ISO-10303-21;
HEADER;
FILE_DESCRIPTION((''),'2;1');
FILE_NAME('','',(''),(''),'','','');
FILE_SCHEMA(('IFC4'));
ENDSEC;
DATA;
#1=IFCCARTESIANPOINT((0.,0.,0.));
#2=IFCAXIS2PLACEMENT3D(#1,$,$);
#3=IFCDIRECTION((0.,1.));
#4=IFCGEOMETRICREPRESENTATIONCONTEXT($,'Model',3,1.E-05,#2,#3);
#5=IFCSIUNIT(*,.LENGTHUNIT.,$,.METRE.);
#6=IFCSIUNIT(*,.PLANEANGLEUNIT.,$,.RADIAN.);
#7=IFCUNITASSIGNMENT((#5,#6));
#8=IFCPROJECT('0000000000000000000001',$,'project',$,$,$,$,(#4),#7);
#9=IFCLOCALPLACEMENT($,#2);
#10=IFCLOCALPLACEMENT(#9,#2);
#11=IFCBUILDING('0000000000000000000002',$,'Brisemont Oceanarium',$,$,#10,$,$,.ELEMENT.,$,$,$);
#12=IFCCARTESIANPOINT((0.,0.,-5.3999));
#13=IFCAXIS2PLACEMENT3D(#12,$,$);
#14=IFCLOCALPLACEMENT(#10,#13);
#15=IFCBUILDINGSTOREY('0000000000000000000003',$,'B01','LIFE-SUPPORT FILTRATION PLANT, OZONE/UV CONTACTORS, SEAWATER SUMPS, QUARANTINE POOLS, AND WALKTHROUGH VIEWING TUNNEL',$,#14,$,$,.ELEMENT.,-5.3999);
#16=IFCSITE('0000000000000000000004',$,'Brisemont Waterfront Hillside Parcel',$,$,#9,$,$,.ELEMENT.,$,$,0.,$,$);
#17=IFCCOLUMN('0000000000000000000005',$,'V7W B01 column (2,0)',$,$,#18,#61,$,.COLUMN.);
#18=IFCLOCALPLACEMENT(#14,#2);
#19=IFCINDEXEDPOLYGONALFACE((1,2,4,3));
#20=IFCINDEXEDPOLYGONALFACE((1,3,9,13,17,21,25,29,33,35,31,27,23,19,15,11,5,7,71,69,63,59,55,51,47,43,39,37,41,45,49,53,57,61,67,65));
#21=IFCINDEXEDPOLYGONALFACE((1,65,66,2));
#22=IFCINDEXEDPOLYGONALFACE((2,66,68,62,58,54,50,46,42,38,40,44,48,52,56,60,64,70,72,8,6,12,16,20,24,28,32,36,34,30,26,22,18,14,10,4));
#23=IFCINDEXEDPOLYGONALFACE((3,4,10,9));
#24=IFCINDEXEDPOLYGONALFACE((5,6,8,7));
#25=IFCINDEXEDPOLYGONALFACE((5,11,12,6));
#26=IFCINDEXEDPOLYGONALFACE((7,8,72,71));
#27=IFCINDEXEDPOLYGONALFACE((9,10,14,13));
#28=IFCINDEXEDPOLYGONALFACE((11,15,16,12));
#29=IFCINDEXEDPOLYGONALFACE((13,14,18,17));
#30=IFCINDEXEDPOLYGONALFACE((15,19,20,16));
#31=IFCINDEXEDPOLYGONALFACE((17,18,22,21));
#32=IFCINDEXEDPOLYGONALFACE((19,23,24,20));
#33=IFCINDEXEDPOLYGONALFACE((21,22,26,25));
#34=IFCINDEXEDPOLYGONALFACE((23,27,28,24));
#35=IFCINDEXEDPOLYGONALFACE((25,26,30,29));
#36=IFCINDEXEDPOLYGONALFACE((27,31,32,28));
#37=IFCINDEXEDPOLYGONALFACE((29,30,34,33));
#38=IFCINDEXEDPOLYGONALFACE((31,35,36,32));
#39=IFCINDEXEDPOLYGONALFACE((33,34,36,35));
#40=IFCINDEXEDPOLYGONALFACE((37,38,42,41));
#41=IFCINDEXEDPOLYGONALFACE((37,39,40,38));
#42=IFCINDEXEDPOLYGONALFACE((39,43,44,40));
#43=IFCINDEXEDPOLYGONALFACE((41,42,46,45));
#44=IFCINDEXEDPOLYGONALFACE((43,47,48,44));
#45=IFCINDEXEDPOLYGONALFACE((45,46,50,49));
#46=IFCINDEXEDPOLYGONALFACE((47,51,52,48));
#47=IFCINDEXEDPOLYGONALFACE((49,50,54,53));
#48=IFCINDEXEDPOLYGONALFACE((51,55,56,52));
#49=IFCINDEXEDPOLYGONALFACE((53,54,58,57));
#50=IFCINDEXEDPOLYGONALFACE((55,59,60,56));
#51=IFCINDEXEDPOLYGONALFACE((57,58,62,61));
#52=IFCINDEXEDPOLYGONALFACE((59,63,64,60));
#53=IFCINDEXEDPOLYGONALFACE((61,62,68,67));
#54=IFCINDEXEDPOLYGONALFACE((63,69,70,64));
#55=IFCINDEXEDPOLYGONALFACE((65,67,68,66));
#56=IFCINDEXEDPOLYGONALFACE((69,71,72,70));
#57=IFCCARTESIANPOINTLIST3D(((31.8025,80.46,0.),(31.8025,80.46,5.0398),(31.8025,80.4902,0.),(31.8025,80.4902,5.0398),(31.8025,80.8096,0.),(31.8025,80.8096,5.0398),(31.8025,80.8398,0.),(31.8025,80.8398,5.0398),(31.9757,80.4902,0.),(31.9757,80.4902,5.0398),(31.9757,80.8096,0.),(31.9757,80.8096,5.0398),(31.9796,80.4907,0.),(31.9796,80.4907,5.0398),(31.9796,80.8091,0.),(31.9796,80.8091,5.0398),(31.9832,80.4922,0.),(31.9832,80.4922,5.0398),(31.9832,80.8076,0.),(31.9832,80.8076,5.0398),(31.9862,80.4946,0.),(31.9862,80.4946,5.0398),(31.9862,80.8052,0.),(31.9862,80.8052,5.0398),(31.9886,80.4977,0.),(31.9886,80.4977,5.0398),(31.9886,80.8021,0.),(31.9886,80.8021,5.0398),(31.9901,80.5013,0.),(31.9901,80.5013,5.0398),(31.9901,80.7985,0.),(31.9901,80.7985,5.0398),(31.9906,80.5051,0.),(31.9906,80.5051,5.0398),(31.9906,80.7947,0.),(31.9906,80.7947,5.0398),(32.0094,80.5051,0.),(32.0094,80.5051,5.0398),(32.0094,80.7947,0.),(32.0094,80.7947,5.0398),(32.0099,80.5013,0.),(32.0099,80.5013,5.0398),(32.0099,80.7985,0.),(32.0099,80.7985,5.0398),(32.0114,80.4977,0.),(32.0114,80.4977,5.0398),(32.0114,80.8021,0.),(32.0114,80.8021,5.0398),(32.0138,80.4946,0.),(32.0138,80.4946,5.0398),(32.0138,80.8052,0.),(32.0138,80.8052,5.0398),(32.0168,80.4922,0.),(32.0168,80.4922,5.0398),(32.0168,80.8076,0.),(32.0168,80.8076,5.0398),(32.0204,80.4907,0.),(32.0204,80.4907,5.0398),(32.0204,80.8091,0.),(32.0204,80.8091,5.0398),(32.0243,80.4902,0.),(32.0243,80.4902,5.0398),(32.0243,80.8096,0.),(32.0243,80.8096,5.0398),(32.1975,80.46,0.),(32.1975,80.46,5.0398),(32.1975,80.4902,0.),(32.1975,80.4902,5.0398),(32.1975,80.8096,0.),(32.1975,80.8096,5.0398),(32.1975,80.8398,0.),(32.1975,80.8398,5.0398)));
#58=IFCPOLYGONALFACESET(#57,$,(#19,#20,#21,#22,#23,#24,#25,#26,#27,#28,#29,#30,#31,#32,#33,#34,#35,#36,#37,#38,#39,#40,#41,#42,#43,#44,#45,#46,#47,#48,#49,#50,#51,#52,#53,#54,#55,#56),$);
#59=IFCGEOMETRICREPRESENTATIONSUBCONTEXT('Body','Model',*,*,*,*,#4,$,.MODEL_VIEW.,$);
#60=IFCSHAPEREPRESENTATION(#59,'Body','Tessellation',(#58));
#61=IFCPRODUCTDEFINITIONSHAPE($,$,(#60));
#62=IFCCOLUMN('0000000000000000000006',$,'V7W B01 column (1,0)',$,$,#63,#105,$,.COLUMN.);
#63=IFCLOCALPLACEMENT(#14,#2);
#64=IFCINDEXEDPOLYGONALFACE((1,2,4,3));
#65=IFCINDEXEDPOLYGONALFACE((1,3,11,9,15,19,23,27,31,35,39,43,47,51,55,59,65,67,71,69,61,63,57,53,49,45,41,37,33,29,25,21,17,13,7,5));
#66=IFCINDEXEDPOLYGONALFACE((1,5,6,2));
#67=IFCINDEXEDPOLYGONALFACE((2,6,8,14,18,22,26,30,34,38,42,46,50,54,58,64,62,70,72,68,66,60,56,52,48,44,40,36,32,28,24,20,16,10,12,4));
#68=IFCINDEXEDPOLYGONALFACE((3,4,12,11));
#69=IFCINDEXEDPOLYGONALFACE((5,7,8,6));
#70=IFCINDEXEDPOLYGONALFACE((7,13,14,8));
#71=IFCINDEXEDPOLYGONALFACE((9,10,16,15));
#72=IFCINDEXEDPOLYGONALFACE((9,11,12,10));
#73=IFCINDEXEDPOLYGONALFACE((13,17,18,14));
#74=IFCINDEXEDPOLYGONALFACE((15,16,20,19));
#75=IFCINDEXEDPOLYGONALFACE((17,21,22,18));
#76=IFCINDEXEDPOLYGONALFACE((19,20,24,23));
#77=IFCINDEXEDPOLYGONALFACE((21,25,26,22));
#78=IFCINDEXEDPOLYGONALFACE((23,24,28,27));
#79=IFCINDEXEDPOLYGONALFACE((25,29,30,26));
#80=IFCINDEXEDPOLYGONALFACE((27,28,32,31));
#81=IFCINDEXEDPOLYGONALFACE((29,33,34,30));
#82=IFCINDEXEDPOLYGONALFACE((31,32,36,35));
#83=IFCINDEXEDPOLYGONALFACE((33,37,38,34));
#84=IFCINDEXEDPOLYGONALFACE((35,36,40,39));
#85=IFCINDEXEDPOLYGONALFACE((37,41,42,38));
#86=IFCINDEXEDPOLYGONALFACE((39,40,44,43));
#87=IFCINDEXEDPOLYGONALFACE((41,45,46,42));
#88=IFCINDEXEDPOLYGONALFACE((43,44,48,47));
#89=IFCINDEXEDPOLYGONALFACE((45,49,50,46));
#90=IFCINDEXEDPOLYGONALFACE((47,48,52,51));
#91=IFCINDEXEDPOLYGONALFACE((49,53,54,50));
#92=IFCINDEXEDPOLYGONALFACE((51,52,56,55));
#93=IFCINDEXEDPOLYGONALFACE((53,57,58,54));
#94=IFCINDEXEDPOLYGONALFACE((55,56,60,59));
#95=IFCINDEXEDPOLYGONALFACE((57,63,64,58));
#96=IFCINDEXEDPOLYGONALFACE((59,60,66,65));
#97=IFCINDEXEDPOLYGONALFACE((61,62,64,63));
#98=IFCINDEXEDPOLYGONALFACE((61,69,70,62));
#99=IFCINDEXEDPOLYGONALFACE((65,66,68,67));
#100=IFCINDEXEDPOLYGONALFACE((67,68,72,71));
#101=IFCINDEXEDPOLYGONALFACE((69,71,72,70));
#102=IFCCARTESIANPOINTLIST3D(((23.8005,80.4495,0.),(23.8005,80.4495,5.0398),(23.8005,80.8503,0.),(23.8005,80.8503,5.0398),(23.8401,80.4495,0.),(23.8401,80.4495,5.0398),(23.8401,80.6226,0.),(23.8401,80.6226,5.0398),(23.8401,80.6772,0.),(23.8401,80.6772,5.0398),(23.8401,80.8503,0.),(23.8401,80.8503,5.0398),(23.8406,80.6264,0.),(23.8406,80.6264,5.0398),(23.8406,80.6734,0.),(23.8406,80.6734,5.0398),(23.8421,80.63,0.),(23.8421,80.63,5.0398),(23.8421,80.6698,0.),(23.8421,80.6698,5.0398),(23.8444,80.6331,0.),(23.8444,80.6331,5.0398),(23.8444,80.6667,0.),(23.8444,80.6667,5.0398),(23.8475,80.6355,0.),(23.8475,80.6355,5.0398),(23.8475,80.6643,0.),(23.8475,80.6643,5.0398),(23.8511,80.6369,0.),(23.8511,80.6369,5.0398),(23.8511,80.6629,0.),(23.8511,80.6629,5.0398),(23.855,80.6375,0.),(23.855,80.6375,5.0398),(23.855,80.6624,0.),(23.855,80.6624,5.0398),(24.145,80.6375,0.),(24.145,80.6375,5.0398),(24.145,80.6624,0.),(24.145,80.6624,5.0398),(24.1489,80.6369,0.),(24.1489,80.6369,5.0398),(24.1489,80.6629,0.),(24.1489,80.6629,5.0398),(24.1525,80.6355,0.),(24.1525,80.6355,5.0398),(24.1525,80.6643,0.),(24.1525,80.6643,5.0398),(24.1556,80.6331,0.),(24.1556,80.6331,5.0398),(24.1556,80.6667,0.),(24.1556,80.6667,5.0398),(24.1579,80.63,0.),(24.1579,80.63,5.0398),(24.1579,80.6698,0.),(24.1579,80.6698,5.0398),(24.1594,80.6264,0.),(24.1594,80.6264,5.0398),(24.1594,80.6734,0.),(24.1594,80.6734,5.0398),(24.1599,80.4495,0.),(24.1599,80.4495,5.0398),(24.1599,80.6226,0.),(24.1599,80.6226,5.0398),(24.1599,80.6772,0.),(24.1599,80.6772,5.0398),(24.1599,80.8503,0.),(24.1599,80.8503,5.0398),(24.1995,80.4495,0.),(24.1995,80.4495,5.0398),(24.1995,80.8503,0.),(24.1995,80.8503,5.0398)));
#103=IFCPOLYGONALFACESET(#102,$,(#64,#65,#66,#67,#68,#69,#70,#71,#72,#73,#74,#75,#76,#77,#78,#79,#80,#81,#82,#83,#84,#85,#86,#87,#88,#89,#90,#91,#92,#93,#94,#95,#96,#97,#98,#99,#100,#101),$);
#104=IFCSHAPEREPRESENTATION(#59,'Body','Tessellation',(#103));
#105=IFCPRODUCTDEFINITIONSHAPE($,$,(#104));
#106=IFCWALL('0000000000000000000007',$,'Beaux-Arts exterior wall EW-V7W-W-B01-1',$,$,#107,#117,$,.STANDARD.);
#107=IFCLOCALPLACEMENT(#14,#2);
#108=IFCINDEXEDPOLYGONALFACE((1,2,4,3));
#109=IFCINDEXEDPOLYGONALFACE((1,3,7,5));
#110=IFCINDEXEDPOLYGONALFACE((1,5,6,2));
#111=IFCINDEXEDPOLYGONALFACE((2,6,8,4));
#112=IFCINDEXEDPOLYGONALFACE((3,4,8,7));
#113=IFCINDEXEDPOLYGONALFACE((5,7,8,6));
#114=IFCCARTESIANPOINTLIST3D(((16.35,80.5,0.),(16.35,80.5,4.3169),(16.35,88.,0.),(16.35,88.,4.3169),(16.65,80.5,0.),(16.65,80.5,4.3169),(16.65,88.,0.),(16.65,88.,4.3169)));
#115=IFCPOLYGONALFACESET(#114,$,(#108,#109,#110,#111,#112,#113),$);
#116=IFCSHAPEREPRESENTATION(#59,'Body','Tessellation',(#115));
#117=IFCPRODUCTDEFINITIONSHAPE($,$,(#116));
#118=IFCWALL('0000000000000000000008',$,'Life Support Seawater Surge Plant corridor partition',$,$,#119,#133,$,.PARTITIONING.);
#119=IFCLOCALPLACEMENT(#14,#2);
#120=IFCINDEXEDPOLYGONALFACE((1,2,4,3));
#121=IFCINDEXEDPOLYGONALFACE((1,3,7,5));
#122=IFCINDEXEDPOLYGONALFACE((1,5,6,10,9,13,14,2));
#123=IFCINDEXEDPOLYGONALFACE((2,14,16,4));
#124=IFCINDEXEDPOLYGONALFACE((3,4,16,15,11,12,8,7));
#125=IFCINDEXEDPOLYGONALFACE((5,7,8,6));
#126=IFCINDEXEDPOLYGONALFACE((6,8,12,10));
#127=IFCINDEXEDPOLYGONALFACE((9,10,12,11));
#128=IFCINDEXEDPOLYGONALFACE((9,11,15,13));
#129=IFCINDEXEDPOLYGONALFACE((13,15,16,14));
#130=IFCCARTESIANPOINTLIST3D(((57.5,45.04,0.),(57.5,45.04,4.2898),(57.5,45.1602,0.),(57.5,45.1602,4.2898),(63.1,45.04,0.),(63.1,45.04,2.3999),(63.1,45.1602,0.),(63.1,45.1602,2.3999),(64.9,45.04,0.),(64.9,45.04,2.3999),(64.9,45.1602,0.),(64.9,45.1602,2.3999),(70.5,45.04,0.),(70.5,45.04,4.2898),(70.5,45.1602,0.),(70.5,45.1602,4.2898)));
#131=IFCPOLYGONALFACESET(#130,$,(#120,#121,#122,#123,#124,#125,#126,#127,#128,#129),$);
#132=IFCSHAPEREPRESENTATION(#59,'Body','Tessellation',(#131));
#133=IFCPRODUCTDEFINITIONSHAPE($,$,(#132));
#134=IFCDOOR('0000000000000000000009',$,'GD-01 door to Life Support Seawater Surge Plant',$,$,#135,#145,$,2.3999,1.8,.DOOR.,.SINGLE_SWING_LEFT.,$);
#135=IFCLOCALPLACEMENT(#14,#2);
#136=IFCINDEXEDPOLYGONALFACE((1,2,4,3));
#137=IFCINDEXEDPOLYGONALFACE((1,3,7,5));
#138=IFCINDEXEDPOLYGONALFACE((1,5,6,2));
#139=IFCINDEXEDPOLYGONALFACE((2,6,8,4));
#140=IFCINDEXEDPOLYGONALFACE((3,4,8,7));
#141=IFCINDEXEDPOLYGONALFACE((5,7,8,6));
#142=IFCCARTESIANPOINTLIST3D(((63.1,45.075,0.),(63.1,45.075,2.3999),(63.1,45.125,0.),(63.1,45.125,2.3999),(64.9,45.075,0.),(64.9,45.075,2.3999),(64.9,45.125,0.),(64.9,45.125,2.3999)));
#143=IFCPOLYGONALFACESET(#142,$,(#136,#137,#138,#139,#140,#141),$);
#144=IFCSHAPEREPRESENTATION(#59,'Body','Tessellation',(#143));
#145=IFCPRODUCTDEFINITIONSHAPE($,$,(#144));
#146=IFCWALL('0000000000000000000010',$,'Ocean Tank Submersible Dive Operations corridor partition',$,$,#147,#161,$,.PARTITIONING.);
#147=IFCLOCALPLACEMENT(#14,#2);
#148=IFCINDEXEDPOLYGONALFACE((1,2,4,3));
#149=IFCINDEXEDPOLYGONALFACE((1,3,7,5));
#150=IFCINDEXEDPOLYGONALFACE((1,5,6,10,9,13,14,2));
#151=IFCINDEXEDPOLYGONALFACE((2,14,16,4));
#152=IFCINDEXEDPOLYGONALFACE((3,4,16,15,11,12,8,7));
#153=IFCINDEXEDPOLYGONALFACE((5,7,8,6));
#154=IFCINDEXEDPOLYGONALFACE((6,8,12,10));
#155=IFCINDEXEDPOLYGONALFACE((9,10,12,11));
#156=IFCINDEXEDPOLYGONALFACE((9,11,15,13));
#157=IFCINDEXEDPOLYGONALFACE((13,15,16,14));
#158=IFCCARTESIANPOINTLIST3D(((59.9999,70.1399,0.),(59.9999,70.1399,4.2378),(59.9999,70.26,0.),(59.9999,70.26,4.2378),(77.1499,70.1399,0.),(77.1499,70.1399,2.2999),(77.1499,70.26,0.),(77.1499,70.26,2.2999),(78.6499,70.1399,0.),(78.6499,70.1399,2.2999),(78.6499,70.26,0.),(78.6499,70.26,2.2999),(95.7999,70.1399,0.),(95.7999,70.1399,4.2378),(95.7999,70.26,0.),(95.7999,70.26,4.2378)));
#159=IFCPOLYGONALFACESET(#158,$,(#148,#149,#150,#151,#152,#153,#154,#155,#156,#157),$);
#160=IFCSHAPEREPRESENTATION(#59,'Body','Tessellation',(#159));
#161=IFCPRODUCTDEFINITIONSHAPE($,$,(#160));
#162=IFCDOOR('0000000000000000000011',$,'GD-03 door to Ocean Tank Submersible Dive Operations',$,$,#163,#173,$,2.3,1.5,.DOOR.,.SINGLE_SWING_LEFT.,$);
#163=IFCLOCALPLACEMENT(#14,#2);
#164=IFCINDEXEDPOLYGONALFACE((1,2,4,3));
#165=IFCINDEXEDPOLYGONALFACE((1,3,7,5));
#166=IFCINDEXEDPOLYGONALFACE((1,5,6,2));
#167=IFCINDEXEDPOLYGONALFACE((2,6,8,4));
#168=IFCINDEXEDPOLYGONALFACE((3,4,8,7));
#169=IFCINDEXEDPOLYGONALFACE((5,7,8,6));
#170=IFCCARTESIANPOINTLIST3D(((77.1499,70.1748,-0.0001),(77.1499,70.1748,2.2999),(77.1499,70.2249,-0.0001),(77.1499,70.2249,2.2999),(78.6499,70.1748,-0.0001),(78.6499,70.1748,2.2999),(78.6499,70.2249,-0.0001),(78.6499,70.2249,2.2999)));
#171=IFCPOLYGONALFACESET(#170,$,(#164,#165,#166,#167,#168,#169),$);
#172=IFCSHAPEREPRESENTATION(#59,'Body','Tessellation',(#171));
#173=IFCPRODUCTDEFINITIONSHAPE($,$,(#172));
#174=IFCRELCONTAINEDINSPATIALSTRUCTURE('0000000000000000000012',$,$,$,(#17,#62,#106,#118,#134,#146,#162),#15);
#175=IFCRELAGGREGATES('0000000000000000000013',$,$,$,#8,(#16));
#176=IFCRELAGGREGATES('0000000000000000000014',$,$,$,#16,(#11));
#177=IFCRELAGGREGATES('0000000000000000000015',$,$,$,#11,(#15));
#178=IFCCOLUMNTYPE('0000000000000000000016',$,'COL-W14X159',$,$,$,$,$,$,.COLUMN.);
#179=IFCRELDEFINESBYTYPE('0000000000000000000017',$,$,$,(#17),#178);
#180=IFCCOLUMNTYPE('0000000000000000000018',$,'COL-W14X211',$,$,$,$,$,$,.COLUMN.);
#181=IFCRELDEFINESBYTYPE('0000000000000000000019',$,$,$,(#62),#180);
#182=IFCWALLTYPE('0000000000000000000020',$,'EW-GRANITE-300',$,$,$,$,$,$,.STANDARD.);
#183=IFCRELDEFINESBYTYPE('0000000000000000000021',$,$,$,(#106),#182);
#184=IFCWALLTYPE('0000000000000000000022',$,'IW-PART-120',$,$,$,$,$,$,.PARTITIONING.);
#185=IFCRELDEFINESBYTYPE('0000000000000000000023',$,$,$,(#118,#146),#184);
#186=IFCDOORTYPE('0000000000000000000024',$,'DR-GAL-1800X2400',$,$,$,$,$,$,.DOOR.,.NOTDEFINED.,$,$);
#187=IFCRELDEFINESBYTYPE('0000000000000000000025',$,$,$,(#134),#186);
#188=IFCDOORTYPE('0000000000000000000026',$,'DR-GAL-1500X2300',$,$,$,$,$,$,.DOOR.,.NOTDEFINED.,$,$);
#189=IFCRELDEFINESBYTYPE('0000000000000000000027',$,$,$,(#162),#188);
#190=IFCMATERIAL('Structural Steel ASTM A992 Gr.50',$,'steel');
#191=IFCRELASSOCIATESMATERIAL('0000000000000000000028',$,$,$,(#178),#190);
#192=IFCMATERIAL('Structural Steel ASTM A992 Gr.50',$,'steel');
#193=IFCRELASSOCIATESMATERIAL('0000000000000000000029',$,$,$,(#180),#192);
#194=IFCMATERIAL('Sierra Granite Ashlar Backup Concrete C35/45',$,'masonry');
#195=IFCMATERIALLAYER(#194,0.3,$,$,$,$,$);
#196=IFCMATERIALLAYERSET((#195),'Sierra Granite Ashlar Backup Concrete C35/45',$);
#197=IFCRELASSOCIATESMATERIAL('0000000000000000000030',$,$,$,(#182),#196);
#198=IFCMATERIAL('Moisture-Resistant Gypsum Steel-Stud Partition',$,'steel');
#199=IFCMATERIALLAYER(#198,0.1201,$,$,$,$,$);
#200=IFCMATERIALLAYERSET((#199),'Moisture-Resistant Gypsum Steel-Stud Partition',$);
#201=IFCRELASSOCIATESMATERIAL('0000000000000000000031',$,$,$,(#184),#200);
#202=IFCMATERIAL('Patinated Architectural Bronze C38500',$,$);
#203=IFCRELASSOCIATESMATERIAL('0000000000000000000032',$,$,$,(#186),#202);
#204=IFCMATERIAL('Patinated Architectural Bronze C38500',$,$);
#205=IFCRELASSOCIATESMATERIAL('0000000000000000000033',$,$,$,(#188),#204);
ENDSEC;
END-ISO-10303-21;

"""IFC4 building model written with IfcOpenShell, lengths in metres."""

from ifc_helpers import new_model, si_unit, direction, frame, frame_2d, origin, origin_2d, place, context, subcontext, project, spatial, rectangle, i_section, extrude, material, layer, layer_set, material_profile, profile_set, type_object, element, fill, save


model = new_model("IFC4")

# Units and contexts
model_context = context("Model", 3, precision=1e-05, world=origin(), true_north=direction((0.0, 1.0)))
body_context = subcontext(model_context, "Body", "Model", "MODEL_VIEW")
ifc_project = project(units=[si_unit("LENGTHUNIT", "METRE"), si_unit("PLANEANGLEUNIT", "RADIAN")], contexts=[model_context])

# Site, building, storey
site_placement = place(None, origin())
site = spatial("IfcSite", under=ifc_project, at=site_placement, Name="Brisemont Waterfront Hillside Parcel", CompositionType="ELEMENT", RefElevation=0.0)
building_placement = place(site_placement, origin())
building = spatial("IfcBuilding", under=site, at=building_placement, Name="Brisemont Oceanarium", CompositionType="ELEMENT")
storey_placement = place(building_placement, frame((0.0, 0.0, -5.3999)))
storey = spatial("IfcBuildingStorey", under=building, at=storey_placement, Name="B01", Description="LIFE-SUPPORT FILTRATION PLANT, OZONE/UV CONTACTORS, SEAWATER SUMPS, QUARANTINE POOLS, AND WALKTHROUGH VIEWING TUNNEL", CompositionType="ELEMENT", Elevation=-5.3999)

# Columns
ifc_material_1 = material(Name="Structural Steel ASTM A992 Gr.50", Category="steel")
ifc_material_profile_1 = material_profile(ifc_material_1, i_section(OverallWidth=0.395, OverallDepth=0.3799, WebThickness=0.0188, FlangeThickness=0.0303, FilletRadius=0.0149, at=origin_2d()), Name="W14X159")
ifc_profile_set_1 = profile_set([ifc_material_profile_1], Name="Structural Steel ASTM A992 Gr.50")
column_type_1 = type_object("IfcColumnType", Name="COL-W14X159", PredefinedType="COLUMN", material=ifc_profile_set_1)
column_1_placement = place(storey_placement, frame((32.0, 80.6499, 0.0), z_axis=(0.0, 0.0, 1.0), x_axis=(1.0, 0.0, 0.0)))
element("IfcColumn", 1, at=column_1_placement, inside=storey, type_object=column_type_1, Name="V7W B01 column (2,0)", PredefinedType="COLUMN", context=body_context, shape_type="SweptSolid", body=[
    extrude(i_section(OverallWidth=0.395, OverallDepth=0.3799, WebThickness=0.0188, FlangeThickness=0.0303, FilletRadius=0.0149, at=origin_2d()), origin(), (0.0, 0.0, 1.0), 5.0398),
])
ifc_material_2 = material(Name="Structural Steel ASTM A992 Gr.50", Category="steel")
ifc_material_profile_2 = material_profile(ifc_material_2, i_section(OverallWidth=0.4009, OverallDepth=0.3989, WebThickness=0.0249, FlangeThickness=0.0396, FilletRadius=0.0149, at=origin_2d()), Name="W14X211")
ifc_profile_set_2 = profile_set([ifc_material_profile_2], Name="Structural Steel ASTM A992 Gr.50")
column_type_2 = type_object("IfcColumnType", Name="COL-W14X211", PredefinedType="COLUMN", material=ifc_profile_set_2)
column_2_placement = place(storey_placement, frame((24.0, 80.6499, 0.0), z_axis=(0.0, 0.0, 1.0), x_axis=(0.0, 1.0, 0.0)))
element("IfcColumn", 2, at=column_2_placement, inside=storey, type_object=column_type_2, Name="V7W B01 column (1,0)", PredefinedType="COLUMN", context=body_context, shape_type="SweptSolid", body=[
    extrude(i_section(OverallWidth=0.4009, OverallDepth=0.3989, WebThickness=0.0249, FlangeThickness=0.0396, FilletRadius=0.0149, at=origin_2d()), origin(), (0.0, 0.0, 1.0), 5.0398),
])

# Wall
ifc_material_3 = material(Name="Sierra Granite Ashlar Backup Concrete C35/45", Category="masonry")
ifc_layer_1 = layer(ifc_material_3, 0.3)
ifc_layer_set_1 = layer_set([ifc_layer_1], Name="Sierra Granite Ashlar Backup Concrete C35/45")
wall_type_1 = type_object("IfcWallType", Name="EW-GRANITE-300", PredefinedType="STANDARD", material=ifc_layer_set_1)
wall_1_placement = place(storey_placement, frame((16.5, 80.5, 0.0), z_axis=(0.0, 0.0, 1.0), x_axis=(0.0, 1.0, 0.0)))
element("IfcWall", 3, at=wall_1_placement, inside=storey, type_object=wall_type_1, Name="Beaux-Arts exterior wall EW-V7W-W-B01-1", PredefinedType="STANDARD", context=body_context, shape_type="SweptSolid", body=[
    extrude(rectangle(XDim=7.5, YDim=0.3, at=frame_2d((3.75, 0.0))), origin(), (0.0, 0.0, 1.0), 4.3169),
])

# Walls, openings, doors
ifc_material_4 = material(Name="Moisture-Resistant Gypsum Steel-Stud Partition", Category="steel")
ifc_layer_2 = layer(ifc_material_4, 0.1201)
ifc_layer_set_2 = layer_set([ifc_layer_2], Name="Moisture-Resistant Gypsum Steel-Stud Partition")
wall_type_2 = type_object("IfcWallType", Name="IW-PART-120", PredefinedType="PARTITIONING", material=ifc_layer_set_2)
wall_2_placement = place(storey_placement, frame((57.5, 45.1001, 0.0), z_axis=(0.0, 0.0, 1.0), x_axis=(1.0, 0.0, 0.0)))
wall_2 = element("IfcWall", 4, at=wall_2_placement, inside=storey, type_object=wall_type_2, Name="Life Support Seawater Surge Plant corridor partition", PredefinedType="PARTITIONING", context=body_context, shape_type="SweptSolid", body=[
    extrude(rectangle(XDim=13.0, YDim=0.1201, at=frame_2d((6.5, 0.0))), origin(), (0.0, 0.0, 1.0), 4.2898),
])
opening_1_placement = place(wall_2_placement, frame((5.6001, 0.0, 0.0)))
opening_1 = element("IfcOpeningElement", 5, at=opening_1_placement, cuts=wall_2, PredefinedType="OPENING", context=body_context, shape_type="SweptSolid", body=[
    extrude(rectangle(XDim=1.8, YDim=2.3999, at=frame_2d((0.8999, 1.2))), frame((0.0, 0.0701, 0.0), z_axis=(0.0, -1.0, 0.0), x_axis=(1.0, 0.0, 0.0)), (0.0, 0.0, 1.0), 0.1401),
])
ifc_material_5 = material(Name="Patinated Architectural Bronze C38500")
door_type_1 = type_object("IfcDoorType", Name="DR-GAL-1800X2400", OperationType="NOTDEFINED", PredefinedType="DOOR", material=ifc_material_5)
door_1_placement = place(opening_1_placement, origin())
door_1 = element("IfcDoor", 6, at=door_1_placement, inside=storey, type_object=door_type_1, Name="GD-01 door to Life Support Seawater Surge Plant", OperationType="SINGLE_SWING_LEFT", OverallHeight=2.3999, OverallWidth=1.8, PredefinedType="DOOR", context=body_context, shape_type="SweptSolid", body=[
    extrude(rectangle(XDim=1.8, YDim=2.3999, at=frame_2d((0.8999, 1.2))), frame((0.0, 0.0249, 0.0), z_axis=(0.0, -1.0, 0.0), x_axis=(1.0, 0.0, 0.0)), (0.0, 0.0, 1.0), 0.05),
])
fill(opening_1, door_1)
wall_3_placement = place(storey_placement, frame((60.0, 70.2, 0.0), z_axis=(0.0, 0.0, 1.0), x_axis=(1.0, 0.0, 0.0)))
wall_3 = element("IfcWall", 7, at=wall_3_placement, inside=storey, type_object=wall_type_2, Name="Ocean Tank Submersible Dive Operations corridor partition", PredefinedType="PARTITIONING", context=body_context, shape_type="SweptSolid", body=[
    extrude(rectangle(XDim=35.8, YDim=0.1201, at=frame_2d((17.8999, 0.0))), origin(), (0.0, 0.0, 1.0), 4.2378),
])
opening_2_placement = place(wall_3_placement, frame((17.1499, 0.0, 0.0)))
opening_2 = element("IfcOpeningElement", 8, at=opening_2_placement, cuts=wall_3, PredefinedType="OPENING", context=body_context, shape_type="SweptSolid", body=[
    extrude(rectangle(XDim=1.5, YDim=2.3, at=frame_2d((0.75, 1.1499))), frame((0.0, 0.0701, 0.0), z_axis=(0.0, -1.0, 0.0), x_axis=(1.0, 0.0, 0.0)), (0.0, 0.0, 1.0), 0.1401),
])
ifc_material_6 = material(Name="Patinated Architectural Bronze C38500")
door_type_2 = type_object("IfcDoorType", Name="DR-GAL-1500X2300", OperationType="NOTDEFINED", PredefinedType="DOOR", material=ifc_material_6)
door_2_placement = place(opening_2_placement, origin())
door_2 = element("IfcDoor", 9, at=door_2_placement, inside=storey, type_object=door_type_2, Name="GD-03 door to Ocean Tank Submersible Dive Operations", OperationType="SINGLE_SWING_LEFT", OverallHeight=2.3, OverallWidth=1.5, PredefinedType="DOOR", context=body_context, shape_type="SweptSolid", body=[
    extrude(rectangle(XDim=1.5, YDim=2.3, at=frame_2d((0.75, 1.1499))), frame((0.0, 0.0249, 0.0), z_axis=(0.0, -1.0, 0.0), x_axis=(1.0, 0.0, 0.0)), (0.0, 0.0, 1.0), 0.05),
])
fill(opening_2, door_2)

save(model, "model.ifc")
